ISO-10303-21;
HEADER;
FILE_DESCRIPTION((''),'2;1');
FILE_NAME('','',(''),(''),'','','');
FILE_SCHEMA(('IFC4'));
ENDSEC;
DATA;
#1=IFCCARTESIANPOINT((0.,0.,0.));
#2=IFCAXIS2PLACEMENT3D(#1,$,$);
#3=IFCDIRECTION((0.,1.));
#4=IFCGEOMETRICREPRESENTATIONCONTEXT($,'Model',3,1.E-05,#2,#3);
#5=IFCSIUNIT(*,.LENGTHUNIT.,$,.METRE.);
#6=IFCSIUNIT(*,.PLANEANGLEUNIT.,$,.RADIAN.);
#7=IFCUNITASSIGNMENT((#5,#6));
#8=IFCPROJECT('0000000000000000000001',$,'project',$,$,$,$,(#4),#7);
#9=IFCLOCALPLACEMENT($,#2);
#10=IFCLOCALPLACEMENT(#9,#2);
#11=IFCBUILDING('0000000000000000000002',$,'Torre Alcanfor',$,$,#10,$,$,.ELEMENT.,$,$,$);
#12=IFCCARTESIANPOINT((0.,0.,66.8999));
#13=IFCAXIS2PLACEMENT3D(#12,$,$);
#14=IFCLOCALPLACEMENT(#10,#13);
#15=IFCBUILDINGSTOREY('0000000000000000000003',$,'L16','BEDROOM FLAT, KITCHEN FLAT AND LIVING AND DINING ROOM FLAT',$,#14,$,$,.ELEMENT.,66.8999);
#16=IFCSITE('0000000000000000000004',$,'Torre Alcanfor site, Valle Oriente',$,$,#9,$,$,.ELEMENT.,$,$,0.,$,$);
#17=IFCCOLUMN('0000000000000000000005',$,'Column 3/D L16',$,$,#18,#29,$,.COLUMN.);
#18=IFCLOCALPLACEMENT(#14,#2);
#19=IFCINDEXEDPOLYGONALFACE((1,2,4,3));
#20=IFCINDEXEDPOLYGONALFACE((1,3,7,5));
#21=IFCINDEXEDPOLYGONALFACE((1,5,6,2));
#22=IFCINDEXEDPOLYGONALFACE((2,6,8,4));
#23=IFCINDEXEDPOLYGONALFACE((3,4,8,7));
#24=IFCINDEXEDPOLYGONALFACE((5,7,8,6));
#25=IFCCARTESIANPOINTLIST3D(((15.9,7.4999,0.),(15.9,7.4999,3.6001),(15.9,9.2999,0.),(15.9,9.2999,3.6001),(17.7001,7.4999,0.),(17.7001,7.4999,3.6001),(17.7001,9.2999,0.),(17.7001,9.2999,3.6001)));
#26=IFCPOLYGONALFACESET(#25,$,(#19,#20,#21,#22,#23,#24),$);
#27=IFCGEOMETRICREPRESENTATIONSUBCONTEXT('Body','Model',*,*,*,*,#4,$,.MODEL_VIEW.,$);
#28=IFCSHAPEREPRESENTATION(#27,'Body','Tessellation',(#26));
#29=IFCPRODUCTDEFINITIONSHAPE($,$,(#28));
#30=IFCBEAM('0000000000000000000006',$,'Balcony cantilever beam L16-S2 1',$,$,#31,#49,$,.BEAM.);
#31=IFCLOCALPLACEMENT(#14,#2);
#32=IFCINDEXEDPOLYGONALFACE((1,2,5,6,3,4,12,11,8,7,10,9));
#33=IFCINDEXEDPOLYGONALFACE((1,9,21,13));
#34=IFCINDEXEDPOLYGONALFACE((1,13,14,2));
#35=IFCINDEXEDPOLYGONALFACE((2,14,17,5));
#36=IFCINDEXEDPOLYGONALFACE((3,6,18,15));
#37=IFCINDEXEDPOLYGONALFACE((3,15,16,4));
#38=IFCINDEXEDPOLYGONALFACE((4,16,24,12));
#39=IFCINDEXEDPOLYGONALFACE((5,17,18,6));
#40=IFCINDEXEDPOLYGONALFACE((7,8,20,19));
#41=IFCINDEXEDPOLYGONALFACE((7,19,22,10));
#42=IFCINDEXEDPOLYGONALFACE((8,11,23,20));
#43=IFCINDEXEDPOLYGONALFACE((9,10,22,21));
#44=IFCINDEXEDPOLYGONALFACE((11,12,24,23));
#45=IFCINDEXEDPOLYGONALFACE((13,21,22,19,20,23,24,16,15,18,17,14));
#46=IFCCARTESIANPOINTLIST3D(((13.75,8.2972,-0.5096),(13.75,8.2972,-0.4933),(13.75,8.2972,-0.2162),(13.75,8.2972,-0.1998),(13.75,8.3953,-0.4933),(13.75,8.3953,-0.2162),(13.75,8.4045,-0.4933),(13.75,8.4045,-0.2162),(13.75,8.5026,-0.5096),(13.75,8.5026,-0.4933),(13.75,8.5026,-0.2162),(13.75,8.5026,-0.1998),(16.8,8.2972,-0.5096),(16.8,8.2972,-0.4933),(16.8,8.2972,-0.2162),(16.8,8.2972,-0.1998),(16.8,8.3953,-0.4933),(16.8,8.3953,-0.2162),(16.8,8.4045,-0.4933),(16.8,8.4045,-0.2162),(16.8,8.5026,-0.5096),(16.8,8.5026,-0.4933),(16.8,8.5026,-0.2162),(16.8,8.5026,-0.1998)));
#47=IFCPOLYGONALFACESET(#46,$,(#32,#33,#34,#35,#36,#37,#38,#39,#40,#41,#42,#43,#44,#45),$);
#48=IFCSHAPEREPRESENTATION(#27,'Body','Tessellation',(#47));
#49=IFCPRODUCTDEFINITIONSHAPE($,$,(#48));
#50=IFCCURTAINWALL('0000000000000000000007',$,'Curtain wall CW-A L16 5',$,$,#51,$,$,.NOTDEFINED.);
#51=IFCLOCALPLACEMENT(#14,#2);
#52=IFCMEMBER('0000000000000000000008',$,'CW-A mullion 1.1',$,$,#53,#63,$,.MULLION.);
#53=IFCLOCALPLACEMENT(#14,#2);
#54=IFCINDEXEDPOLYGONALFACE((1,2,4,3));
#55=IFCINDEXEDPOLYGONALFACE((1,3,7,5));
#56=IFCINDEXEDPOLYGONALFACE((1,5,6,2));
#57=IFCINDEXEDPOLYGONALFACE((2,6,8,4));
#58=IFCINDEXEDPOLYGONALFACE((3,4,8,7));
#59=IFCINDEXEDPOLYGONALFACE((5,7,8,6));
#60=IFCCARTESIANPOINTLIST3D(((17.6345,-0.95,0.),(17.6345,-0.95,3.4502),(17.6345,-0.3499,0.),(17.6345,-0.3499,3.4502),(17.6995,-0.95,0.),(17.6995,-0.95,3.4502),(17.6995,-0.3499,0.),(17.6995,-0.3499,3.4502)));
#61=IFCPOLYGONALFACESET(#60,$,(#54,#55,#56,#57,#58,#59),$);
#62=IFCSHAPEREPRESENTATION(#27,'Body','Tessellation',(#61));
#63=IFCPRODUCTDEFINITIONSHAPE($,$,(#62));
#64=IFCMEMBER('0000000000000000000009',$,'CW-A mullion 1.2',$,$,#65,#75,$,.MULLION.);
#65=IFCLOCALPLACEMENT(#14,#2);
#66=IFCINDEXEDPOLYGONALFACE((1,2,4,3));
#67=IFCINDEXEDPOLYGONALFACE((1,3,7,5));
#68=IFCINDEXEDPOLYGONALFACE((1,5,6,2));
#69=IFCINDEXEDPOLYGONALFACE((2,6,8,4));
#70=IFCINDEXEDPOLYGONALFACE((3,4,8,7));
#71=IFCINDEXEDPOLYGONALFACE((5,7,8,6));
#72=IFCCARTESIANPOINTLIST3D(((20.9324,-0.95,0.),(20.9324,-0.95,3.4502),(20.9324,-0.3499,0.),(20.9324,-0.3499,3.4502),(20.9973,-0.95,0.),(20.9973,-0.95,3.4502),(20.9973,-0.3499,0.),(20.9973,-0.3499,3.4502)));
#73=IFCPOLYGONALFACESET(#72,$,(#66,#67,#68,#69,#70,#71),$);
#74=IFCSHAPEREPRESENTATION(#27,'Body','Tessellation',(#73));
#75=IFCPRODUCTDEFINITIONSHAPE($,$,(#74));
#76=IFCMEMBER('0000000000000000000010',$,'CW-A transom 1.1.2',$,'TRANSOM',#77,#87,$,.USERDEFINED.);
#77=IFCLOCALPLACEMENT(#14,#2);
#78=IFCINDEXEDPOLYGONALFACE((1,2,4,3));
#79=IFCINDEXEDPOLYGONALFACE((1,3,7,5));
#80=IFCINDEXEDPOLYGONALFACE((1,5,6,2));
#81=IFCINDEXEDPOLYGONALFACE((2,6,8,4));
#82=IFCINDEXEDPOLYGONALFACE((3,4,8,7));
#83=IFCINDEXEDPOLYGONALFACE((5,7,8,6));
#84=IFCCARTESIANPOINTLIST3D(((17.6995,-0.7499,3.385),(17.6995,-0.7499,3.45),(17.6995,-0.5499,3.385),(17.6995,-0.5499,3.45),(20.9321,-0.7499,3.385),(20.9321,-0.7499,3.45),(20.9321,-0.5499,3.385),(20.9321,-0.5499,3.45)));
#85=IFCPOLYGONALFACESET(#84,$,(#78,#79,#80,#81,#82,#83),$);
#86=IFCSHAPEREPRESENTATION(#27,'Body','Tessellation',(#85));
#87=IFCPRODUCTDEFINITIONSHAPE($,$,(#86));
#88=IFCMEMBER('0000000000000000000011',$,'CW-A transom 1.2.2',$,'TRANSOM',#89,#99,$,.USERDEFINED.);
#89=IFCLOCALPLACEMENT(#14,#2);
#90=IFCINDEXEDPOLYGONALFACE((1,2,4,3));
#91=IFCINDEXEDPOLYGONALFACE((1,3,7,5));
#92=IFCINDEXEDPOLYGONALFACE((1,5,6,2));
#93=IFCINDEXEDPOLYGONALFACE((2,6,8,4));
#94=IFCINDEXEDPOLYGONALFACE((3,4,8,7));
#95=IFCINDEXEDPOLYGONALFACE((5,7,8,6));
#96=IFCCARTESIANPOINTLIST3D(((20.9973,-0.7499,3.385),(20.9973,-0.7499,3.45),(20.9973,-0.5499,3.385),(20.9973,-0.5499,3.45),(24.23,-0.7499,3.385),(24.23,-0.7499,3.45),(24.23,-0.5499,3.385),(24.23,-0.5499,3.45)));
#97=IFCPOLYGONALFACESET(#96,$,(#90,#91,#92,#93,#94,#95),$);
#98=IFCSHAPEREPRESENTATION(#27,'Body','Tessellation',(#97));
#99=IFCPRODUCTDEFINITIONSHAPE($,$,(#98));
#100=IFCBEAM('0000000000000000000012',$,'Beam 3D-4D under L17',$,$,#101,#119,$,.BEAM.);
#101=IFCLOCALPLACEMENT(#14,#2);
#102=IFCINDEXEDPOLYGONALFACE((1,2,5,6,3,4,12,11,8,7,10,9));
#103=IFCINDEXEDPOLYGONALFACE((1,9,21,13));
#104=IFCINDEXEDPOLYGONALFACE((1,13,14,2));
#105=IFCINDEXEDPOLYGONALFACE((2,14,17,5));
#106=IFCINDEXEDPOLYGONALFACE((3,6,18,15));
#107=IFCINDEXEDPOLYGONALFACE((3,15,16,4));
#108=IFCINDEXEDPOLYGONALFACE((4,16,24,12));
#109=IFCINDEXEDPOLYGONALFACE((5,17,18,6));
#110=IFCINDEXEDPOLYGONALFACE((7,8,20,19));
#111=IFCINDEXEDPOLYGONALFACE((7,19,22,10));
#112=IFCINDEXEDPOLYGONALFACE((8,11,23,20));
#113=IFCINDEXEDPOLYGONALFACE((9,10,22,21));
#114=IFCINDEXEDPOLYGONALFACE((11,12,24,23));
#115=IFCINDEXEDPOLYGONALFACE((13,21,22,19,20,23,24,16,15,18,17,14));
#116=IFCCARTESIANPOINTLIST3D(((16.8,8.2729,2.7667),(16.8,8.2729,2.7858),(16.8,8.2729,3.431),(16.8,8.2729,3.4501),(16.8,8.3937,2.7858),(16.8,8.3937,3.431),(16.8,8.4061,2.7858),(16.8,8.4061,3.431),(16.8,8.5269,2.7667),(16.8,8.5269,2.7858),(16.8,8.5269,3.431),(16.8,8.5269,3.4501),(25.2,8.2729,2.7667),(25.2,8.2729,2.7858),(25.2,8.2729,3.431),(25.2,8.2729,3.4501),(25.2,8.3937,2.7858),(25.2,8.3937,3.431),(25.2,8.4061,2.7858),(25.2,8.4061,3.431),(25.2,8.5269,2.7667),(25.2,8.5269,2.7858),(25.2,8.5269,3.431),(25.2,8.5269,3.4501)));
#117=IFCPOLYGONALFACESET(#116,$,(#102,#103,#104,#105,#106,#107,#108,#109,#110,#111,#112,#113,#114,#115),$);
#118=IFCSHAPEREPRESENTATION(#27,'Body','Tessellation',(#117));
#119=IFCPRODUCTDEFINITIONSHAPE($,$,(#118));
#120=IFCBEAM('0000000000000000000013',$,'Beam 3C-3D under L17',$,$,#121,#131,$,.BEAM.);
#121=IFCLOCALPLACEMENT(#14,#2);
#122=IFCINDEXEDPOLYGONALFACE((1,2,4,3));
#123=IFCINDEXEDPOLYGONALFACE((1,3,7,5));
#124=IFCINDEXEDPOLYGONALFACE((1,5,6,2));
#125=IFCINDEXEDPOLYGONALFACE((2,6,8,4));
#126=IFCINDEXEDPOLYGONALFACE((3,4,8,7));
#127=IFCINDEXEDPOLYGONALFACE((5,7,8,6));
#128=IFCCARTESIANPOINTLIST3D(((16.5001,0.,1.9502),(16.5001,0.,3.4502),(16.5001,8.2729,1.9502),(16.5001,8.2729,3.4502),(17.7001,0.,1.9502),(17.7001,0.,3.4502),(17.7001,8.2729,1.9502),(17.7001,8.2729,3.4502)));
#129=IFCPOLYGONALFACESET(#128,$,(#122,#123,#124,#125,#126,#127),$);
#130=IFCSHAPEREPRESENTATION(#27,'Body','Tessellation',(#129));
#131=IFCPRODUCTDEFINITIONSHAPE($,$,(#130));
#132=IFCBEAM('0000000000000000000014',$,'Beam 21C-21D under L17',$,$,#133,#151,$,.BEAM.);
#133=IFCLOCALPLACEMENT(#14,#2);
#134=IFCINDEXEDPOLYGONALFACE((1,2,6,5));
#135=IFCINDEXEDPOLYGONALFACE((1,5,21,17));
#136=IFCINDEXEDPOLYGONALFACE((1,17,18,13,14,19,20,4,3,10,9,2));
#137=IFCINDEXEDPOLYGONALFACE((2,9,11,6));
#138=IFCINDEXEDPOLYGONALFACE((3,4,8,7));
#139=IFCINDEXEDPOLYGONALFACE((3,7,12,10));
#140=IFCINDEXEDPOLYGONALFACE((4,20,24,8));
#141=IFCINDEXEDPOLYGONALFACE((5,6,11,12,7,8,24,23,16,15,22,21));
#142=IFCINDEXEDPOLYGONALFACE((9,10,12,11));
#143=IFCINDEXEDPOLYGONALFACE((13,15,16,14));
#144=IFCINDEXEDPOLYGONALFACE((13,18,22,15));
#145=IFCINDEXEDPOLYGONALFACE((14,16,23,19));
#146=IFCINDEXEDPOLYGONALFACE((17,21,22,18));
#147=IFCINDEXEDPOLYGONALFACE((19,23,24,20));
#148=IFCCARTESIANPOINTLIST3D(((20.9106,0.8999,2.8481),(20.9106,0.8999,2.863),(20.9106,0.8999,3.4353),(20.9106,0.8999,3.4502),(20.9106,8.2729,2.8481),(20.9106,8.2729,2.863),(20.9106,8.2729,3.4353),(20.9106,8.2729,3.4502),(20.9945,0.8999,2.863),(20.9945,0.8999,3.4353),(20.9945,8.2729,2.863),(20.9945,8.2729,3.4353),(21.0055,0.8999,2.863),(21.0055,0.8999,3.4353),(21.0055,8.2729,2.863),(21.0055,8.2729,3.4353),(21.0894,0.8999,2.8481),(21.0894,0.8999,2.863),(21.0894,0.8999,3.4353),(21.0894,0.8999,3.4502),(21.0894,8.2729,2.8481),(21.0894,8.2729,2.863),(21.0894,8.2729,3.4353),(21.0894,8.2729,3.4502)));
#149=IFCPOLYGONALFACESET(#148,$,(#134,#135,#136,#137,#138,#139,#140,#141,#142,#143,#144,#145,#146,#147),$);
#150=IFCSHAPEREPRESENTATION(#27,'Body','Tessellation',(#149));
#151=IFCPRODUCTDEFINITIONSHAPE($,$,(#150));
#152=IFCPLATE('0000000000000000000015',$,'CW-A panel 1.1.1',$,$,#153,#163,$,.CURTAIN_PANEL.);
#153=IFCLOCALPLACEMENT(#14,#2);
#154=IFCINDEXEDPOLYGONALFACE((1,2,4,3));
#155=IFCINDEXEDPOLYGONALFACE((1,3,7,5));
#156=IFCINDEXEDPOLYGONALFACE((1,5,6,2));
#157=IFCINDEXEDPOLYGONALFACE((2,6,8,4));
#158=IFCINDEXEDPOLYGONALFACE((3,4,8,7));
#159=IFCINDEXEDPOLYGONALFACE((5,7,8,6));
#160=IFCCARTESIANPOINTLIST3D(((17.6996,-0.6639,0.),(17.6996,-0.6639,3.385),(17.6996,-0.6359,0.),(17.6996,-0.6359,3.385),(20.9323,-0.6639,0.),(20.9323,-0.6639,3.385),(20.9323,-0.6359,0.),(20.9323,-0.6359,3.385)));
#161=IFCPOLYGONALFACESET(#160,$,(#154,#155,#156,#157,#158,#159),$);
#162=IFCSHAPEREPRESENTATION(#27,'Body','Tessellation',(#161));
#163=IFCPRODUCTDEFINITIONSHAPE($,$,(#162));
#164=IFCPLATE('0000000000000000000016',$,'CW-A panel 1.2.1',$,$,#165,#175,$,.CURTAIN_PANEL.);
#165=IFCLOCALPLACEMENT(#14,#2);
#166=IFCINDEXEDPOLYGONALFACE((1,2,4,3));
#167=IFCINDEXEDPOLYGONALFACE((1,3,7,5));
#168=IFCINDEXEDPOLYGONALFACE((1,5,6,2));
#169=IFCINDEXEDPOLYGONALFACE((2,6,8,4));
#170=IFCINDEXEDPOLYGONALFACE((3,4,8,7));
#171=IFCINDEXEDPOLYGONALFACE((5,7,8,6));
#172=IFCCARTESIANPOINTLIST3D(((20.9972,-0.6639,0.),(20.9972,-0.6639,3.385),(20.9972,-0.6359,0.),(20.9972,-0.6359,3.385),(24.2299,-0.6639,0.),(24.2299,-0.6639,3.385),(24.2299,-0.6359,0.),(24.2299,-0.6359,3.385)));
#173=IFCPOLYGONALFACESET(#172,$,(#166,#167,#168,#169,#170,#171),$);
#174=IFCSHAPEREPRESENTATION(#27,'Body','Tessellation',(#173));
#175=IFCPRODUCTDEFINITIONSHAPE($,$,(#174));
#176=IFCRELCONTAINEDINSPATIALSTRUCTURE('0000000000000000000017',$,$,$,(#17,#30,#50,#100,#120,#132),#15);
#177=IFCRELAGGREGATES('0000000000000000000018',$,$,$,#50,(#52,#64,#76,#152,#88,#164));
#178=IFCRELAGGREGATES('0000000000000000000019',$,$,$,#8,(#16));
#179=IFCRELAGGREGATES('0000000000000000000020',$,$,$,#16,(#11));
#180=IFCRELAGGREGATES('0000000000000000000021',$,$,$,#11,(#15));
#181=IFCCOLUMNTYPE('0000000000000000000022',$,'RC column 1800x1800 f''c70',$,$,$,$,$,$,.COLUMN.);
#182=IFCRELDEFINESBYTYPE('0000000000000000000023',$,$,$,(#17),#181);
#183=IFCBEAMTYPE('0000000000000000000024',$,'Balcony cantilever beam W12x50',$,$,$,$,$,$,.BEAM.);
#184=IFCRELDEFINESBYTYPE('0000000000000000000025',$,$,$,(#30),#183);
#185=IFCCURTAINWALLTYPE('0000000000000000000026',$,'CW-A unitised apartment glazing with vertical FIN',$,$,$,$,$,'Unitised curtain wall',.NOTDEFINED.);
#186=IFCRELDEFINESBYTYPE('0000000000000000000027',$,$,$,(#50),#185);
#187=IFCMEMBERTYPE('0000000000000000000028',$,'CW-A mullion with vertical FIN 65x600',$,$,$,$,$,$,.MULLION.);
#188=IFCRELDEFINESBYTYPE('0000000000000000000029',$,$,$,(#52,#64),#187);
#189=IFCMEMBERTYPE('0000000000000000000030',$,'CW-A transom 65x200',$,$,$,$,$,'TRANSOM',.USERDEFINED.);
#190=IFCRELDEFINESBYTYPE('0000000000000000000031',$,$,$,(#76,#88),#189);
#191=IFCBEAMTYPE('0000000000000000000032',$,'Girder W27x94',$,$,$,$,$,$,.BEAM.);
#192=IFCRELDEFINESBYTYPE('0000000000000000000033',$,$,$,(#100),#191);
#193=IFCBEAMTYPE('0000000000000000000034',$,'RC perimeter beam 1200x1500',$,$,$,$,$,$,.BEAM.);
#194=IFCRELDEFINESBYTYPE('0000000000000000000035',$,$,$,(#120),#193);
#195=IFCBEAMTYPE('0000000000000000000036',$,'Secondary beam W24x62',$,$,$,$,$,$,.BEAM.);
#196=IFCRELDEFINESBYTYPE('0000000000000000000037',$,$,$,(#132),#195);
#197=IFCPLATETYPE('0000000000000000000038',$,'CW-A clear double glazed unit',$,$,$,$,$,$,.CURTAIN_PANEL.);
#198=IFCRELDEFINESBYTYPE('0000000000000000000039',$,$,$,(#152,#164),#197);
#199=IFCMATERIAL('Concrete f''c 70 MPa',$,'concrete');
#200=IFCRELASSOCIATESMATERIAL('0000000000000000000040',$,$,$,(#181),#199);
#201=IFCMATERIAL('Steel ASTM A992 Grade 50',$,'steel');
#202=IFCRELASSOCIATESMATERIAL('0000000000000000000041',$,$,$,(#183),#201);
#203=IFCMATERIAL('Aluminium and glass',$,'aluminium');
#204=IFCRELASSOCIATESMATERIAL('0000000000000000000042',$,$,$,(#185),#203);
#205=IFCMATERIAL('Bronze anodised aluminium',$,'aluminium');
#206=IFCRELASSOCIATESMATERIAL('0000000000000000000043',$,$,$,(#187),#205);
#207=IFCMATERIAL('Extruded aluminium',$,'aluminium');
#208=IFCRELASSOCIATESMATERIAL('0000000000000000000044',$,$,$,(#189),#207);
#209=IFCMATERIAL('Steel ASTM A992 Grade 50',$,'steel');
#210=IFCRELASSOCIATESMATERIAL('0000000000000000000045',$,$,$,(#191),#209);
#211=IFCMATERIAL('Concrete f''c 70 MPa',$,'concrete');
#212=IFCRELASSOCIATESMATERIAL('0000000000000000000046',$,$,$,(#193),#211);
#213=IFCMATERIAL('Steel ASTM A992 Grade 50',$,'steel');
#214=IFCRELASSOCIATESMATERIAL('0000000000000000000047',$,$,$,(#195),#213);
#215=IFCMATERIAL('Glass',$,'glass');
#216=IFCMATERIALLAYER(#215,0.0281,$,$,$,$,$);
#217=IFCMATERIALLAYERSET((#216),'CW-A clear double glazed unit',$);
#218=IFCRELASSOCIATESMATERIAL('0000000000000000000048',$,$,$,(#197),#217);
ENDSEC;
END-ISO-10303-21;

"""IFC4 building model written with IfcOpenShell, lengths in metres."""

from ifc_helpers import new_model, si_unit, direction, frame, origin, origin_2d, place, context, subcontext, project, spatial, rectangle, i_section, extrude, material, layer, layer_set, material_profile, profile_set, type_object, element, aggregate, save


model = new_model("IFC4")

# Units and contexts
model_context = context("Model", 3, precision=1e-05, world=origin(), true_north=direction((0.0, 1.0)))
body_context = subcontext(model_context, "Body", "Model", "MODEL_VIEW")
ifc_project = project(units=[si_unit("LENGTHUNIT", "METRE"), si_unit("PLANEANGLEUNIT", "RADIAN")], contexts=[model_context])

# Site, building, storey
site_placement = place(None, origin())
site = spatial("IfcSite", under=ifc_project, at=site_placement, Name="Torre Alcanfor site, Valle Oriente", CompositionType="ELEMENT", RefElevation=0.0)
building_placement = place(site_placement, origin())
building = spatial("IfcBuilding", under=site, at=building_placement, Name="Torre Alcanfor", CompositionType="ELEMENT")
storey_placement = place(building_placement, frame((0.0, 0.0, 66.8999)))
storey = spatial("IfcBuildingStorey", under=building, at=storey_placement, Name="L16", Description="BEDROOM FLAT, KITCHEN FLAT AND LIVING AND DINING ROOM FLAT", CompositionType="ELEMENT", Elevation=66.8999)

# Column
ifc_material_1 = material(Name="Concrete f'c 70 MPa", Category="concrete")
ifc_material_profile_1 = material_profile(ifc_material_1, rectangle(XDim=1.8, YDim=1.8, at=origin_2d()), Name="1800x1800")
ifc_profile_set_1 = profile_set([ifc_material_profile_1], Name="Concrete f'c 70 MPa")
column_type = type_object("IfcColumnType", Name="RC column 1800x1800 f'c70", PredefinedType="COLUMN", material=ifc_profile_set_1)
column_placement = place(storey_placement, frame((16.8, 8.3999, 0.0), z_axis=(0.0, 0.0, 1.0), x_axis=(1.0, 0.0, 0.0)))
element("IfcColumn", 1, at=column_placement, inside=storey, type_object=column_type, Name="Column 3/D L16", PredefinedType="COLUMN", context=body_context, shape_type="SweptSolid", body=[
    extrude(rectangle(XDim=1.8, YDim=1.8, at=origin_2d()), origin(), (0.0, 0.0, 1.0), 3.6001),
])

# Beam
ifc_material_2 = material(Name="Steel ASTM A992 Grade 50", Category="steel")
ifc_material_profile_2 = material_profile(ifc_material_2, i_section(OverallWidth=0.2053, OverallDepth=0.3098, WebThickness=0.0093, FlangeThickness=0.0164, at=origin_2d()), Name="W12x50")
ifc_profile_set_2 = profile_set([ifc_material_profile_2], Name="Steel ASTM A992 Grade 50")
beam_type_1 = type_object("IfcBeamType", Name="Balcony cantilever beam W12x50", PredefinedType="BEAM", material=ifc_profile_set_2)
beam_1_placement = place(storey_placement, frame((16.8, 8.3999, -0.3547), z_axis=(-1.0, 0.0, 0.0), x_axis=(0.0, -1.0, 0.0)))
element("IfcBeam", 2, at=beam_1_placement, inside=storey, type_object=beam_type_1, Name="Balcony cantilever beam L16-S2 1", PredefinedType="BEAM", context=body_context, shape_type="SweptSolid", body=[
    extrude(i_section(OverallWidth=0.2053, OverallDepth=0.3098, WebThickness=0.0093, FlangeThickness=0.0164, at=origin_2d()), origin(), (0.0, 0.0, 1.0), 3.05),
])

# Curtain wall, members
ifc_material_3 = material(Name="Aluminium and glass", Category="aluminium")
curtain_wall_type = type_object("IfcCurtainWallType", Name="CW-A unitised apartment glazing with vertical FIN", ElementType="Unitised curtain wall", PredefinedType="NOTDEFINED", material=ifc_material_3)
curtain_wall_placement = place(storey_placement, origin())
curtain_wall = element("IfcCurtainWall", 3, at=curtain_wall_placement, inside=storey, type_object=curtain_wall_type, Name="Curtain wall CW-A L16 5", PredefinedType="NOTDEFINED")
ifc_material_4 = material(Name="Bronze anodised aluminium", Category="aluminium")
ifc_material_profile_3 = material_profile(ifc_material_4, rectangle(XDim=0.6001, YDim=0.0649, at=origin_2d()), Name="CW-A mullion 65x600")
ifc_profile_set_3 = profile_set([ifc_material_profile_3], Name="Bronze anodised aluminium")
member_type_1 = type_object("IfcMemberType", Name="CW-A mullion with vertical FIN 65x600", PredefinedType="MULLION", material=ifc_profile_set_3)
member_1_placement = place(storey_placement, frame((17.667, -0.6499, 0.0), z_axis=(0.0, 0.0, 1.0), x_axis=(0.0, 1.0, 0.0)))
member_1 = element("IfcMember", 4, at=member_1_placement, type_object=member_type_1, Name="CW-A mullion 1.1", PredefinedType="MULLION", context=body_context, shape_type="SweptSolid", body=[
    extrude(rectangle(XDim=0.6001, YDim=0.0649, at=origin_2d()), origin(), (0.0, 0.0, 1.0), 3.4502),
])
member_2_placement = place(storey_placement, frame((20.9648, -0.6499, 0.0), z_axis=(0.0, 0.0, 1.0), x_axis=(0.0, 1.0, 0.0)))
member_2 = element("IfcMember", 5, at=member_2_placement, type_object=member_type_1, Name="CW-A mullion 1.2", PredefinedType="MULLION", context=body_context, shape_type="SweptSolid", body=[
    extrude(rectangle(XDim=0.6001, YDim=0.0649, at=origin_2d()), origin(), (0.0, 0.0, 1.0), 3.4502),
])
ifc_material_5 = material(Name="Extruded aluminium", Category="aluminium")
ifc_material_profile_4 = material_profile(ifc_material_5, rectangle(XDim=0.2, YDim=0.0649, at=origin_2d()), Name="CW-A transom 200x65")
ifc_profile_set_4 = profile_set([ifc_material_profile_4], Name="Extruded aluminium")
member_type_2 = type_object("IfcMemberType", Name="CW-A transom 65x200", ElementType="TRANSOM", PredefinedType="USERDEFINED", material=ifc_profile_set_4)
member_3_placement = place(storey_placement, frame((17.6995, -0.6499, 3.4175), z_axis=(1.0, 0.0, 0.0), x_axis=(0.0, 1.0, 0.0)))
member_3 = element("IfcMember", 6, at=member_3_placement, type_object=member_type_2, Name="CW-A transom 1.1.2", ObjectType="TRANSOM", PredefinedType="USERDEFINED", context=body_context, shape_type="SweptSolid", body=[
    extrude(rectangle(XDim=0.2, YDim=0.0649, at=origin_2d()), origin(), (0.0, 0.0, 1.0), 3.2327),
])
member_4_placement = place(storey_placement, frame((20.9973, -0.6499, 3.4175), z_axis=(1.0, 0.0, 0.0), x_axis=(0.0, 1.0, 0.0)))
member_4 = element("IfcMember", 7, at=member_4_placement, type_object=member_type_2, Name="CW-A transom 1.2.2", ObjectType="TRANSOM", PredefinedType="USERDEFINED", context=body_context, shape_type="SweptSolid", body=[
    extrude(rectangle(XDim=0.2, YDim=0.0649, at=origin_2d()), origin(), (0.0, 0.0, 1.0), 3.2327),
])

# Beams
ifc_material_6 = material(Name="Steel ASTM A992 Grade 50", Category="steel")
ifc_material_profile_5 = material_profile(ifc_material_6, i_section(OverallWidth=0.2539, OverallDepth=0.6833, WebThickness=0.0125, FlangeThickness=0.019, at=origin_2d()), Name="W27x94")
ifc_profile_set_5 = profile_set([ifc_material_profile_5], Name="Steel ASTM A992 Grade 50")
beam_type_2 = type_object("IfcBeamType", Name="Girder W27x94", PredefinedType="BEAM", material=ifc_profile_set_5)
beam_2_placement = place(storey_placement, frame((16.8, 8.3999, 3.1084), z_axis=(1.0, 0.0, 0.0), x_axis=(0.0, 1.0, 0.0)))
element("IfcBeam", 8, at=beam_2_placement, inside=storey, type_object=beam_type_2, Name="Beam 3D-4D under L17", PredefinedType="BEAM", context=body_context, shape_type="SweptSolid", body=[
    extrude(i_section(OverallWidth=0.2539, OverallDepth=0.6833, WebThickness=0.0125, FlangeThickness=0.019, at=origin_2d()), origin(), (0.0, 0.0, 1.0), 8.3999),
])
ifc_material_7 = material(Name="Concrete f'c 70 MPa", Category="concrete")
ifc_material_profile_6 = material_profile(ifc_material_7, rectangle(XDim=1.2, YDim=1.5, at=origin_2d()), Name="1200x1500")
ifc_profile_set_6 = profile_set([ifc_material_profile_6], Name="Concrete f'c 70 MPa")
beam_type_3 = type_object("IfcBeamType", Name="RC perimeter beam 1200x1500", PredefinedType="BEAM", material=ifc_profile_set_6)
beam_3_placement = place(storey_placement, frame((17.1001, 0.0, 2.7002), z_axis=(0.0, 1.0, 0.0), x_axis=(-1.0, 0.0, 0.0)))
element("IfcBeam", 9, at=beam_3_placement, inside=storey, type_object=beam_type_3, Name="Beam 3C-3D under L17", PredefinedType="BEAM", context=body_context, shape_type="SweptSolid", body=[
    extrude(rectangle(XDim=1.2, YDim=1.5, at=origin_2d()), origin(), (0.0, 0.0, 1.0), 8.2729),
])
ifc_material_8 = material(Name="Steel ASTM A992 Grade 50", Category="steel")
ifc_material_profile_7 = material_profile(ifc_material_8, i_section(OverallWidth=0.1787, OverallDepth=0.6021, WebThickness=0.011, FlangeThickness=0.0149, at=origin_2d()), Name="W24x62")
ifc_profile_set_7 = profile_set([ifc_material_profile_7], Name="Steel ASTM A992 Grade 50")
beam_type_4 = type_object("IfcBeamType", Name="Secondary beam W24x62", PredefinedType="BEAM", material=ifc_profile_set_7)
beam_4_placement = place(storey_placement, frame((21.0, 0.8999, 3.1492), z_axis=(0.0, 1.0, 0.0), x_axis=(-1.0, 0.0, 0.0)))
element("IfcBeam", 10, at=beam_4_placement, inside=storey, type_object=beam_type_4, Name="Beam 21C-21D under L17", PredefinedType="BEAM", context=body_context, shape_type="SweptSolid", body=[
    extrude(i_section(OverallWidth=0.1787, OverallDepth=0.6021, WebThickness=0.011, FlangeThickness=0.0149, at=origin_2d()), origin(), (0.0, 0.0, 1.0), 7.373),
])

# Plates
ifc_material_9 = material(Name="Glass", Category="glass")
ifc_layer_1 = layer(ifc_material_9, 0.0281)
ifc_layer_set_1 = layer_set([ifc_layer_1], Name="CW-A clear double glazed unit")
plate_type = type_object("IfcPlateType", Name="CW-A clear double glazed unit", PredefinedType="CURTAIN_PANEL", material=ifc_layer_set_1)
plate_1_placement = place(storey_placement, frame((19.3159, -0.6499, 0.0), z_axis=(0.0, 0.0, 1.0), x_axis=(1.0, 0.0, 0.0)))
plate_1 = element("IfcPlate", 11, at=plate_1_placement, type_object=plate_type, Name="CW-A panel 1.1.1", PredefinedType="CURTAIN_PANEL", context=body_context, shape_type="SweptSolid", body=[
    extrude(rectangle(XDim=3.2327, YDim=0.0281, at=origin_2d()), origin(), (0.0, 0.0, 1.0), 3.385),
])
plate_2_placement = place(storey_placement, frame((22.6135, -0.6499, 0.0), z_axis=(0.0, 0.0, 1.0), x_axis=(1.0, 0.0, 0.0)))
plate_2 = element("IfcPlate", 12, at=plate_2_placement, type_object=plate_type, Name="CW-A panel 1.2.1", PredefinedType="CURTAIN_PANEL", context=body_context, shape_type="SweptSolid", body=[
    extrude(rectangle(XDim=3.2327, YDim=0.0281, at=origin_2d()), origin(), (0.0, 0.0, 1.0), 3.385),
])
aggregate(curtain_wall, [member_1, member_2, member_3, plate_1, member_4, plate_2])

save(model, "model.ifc")
